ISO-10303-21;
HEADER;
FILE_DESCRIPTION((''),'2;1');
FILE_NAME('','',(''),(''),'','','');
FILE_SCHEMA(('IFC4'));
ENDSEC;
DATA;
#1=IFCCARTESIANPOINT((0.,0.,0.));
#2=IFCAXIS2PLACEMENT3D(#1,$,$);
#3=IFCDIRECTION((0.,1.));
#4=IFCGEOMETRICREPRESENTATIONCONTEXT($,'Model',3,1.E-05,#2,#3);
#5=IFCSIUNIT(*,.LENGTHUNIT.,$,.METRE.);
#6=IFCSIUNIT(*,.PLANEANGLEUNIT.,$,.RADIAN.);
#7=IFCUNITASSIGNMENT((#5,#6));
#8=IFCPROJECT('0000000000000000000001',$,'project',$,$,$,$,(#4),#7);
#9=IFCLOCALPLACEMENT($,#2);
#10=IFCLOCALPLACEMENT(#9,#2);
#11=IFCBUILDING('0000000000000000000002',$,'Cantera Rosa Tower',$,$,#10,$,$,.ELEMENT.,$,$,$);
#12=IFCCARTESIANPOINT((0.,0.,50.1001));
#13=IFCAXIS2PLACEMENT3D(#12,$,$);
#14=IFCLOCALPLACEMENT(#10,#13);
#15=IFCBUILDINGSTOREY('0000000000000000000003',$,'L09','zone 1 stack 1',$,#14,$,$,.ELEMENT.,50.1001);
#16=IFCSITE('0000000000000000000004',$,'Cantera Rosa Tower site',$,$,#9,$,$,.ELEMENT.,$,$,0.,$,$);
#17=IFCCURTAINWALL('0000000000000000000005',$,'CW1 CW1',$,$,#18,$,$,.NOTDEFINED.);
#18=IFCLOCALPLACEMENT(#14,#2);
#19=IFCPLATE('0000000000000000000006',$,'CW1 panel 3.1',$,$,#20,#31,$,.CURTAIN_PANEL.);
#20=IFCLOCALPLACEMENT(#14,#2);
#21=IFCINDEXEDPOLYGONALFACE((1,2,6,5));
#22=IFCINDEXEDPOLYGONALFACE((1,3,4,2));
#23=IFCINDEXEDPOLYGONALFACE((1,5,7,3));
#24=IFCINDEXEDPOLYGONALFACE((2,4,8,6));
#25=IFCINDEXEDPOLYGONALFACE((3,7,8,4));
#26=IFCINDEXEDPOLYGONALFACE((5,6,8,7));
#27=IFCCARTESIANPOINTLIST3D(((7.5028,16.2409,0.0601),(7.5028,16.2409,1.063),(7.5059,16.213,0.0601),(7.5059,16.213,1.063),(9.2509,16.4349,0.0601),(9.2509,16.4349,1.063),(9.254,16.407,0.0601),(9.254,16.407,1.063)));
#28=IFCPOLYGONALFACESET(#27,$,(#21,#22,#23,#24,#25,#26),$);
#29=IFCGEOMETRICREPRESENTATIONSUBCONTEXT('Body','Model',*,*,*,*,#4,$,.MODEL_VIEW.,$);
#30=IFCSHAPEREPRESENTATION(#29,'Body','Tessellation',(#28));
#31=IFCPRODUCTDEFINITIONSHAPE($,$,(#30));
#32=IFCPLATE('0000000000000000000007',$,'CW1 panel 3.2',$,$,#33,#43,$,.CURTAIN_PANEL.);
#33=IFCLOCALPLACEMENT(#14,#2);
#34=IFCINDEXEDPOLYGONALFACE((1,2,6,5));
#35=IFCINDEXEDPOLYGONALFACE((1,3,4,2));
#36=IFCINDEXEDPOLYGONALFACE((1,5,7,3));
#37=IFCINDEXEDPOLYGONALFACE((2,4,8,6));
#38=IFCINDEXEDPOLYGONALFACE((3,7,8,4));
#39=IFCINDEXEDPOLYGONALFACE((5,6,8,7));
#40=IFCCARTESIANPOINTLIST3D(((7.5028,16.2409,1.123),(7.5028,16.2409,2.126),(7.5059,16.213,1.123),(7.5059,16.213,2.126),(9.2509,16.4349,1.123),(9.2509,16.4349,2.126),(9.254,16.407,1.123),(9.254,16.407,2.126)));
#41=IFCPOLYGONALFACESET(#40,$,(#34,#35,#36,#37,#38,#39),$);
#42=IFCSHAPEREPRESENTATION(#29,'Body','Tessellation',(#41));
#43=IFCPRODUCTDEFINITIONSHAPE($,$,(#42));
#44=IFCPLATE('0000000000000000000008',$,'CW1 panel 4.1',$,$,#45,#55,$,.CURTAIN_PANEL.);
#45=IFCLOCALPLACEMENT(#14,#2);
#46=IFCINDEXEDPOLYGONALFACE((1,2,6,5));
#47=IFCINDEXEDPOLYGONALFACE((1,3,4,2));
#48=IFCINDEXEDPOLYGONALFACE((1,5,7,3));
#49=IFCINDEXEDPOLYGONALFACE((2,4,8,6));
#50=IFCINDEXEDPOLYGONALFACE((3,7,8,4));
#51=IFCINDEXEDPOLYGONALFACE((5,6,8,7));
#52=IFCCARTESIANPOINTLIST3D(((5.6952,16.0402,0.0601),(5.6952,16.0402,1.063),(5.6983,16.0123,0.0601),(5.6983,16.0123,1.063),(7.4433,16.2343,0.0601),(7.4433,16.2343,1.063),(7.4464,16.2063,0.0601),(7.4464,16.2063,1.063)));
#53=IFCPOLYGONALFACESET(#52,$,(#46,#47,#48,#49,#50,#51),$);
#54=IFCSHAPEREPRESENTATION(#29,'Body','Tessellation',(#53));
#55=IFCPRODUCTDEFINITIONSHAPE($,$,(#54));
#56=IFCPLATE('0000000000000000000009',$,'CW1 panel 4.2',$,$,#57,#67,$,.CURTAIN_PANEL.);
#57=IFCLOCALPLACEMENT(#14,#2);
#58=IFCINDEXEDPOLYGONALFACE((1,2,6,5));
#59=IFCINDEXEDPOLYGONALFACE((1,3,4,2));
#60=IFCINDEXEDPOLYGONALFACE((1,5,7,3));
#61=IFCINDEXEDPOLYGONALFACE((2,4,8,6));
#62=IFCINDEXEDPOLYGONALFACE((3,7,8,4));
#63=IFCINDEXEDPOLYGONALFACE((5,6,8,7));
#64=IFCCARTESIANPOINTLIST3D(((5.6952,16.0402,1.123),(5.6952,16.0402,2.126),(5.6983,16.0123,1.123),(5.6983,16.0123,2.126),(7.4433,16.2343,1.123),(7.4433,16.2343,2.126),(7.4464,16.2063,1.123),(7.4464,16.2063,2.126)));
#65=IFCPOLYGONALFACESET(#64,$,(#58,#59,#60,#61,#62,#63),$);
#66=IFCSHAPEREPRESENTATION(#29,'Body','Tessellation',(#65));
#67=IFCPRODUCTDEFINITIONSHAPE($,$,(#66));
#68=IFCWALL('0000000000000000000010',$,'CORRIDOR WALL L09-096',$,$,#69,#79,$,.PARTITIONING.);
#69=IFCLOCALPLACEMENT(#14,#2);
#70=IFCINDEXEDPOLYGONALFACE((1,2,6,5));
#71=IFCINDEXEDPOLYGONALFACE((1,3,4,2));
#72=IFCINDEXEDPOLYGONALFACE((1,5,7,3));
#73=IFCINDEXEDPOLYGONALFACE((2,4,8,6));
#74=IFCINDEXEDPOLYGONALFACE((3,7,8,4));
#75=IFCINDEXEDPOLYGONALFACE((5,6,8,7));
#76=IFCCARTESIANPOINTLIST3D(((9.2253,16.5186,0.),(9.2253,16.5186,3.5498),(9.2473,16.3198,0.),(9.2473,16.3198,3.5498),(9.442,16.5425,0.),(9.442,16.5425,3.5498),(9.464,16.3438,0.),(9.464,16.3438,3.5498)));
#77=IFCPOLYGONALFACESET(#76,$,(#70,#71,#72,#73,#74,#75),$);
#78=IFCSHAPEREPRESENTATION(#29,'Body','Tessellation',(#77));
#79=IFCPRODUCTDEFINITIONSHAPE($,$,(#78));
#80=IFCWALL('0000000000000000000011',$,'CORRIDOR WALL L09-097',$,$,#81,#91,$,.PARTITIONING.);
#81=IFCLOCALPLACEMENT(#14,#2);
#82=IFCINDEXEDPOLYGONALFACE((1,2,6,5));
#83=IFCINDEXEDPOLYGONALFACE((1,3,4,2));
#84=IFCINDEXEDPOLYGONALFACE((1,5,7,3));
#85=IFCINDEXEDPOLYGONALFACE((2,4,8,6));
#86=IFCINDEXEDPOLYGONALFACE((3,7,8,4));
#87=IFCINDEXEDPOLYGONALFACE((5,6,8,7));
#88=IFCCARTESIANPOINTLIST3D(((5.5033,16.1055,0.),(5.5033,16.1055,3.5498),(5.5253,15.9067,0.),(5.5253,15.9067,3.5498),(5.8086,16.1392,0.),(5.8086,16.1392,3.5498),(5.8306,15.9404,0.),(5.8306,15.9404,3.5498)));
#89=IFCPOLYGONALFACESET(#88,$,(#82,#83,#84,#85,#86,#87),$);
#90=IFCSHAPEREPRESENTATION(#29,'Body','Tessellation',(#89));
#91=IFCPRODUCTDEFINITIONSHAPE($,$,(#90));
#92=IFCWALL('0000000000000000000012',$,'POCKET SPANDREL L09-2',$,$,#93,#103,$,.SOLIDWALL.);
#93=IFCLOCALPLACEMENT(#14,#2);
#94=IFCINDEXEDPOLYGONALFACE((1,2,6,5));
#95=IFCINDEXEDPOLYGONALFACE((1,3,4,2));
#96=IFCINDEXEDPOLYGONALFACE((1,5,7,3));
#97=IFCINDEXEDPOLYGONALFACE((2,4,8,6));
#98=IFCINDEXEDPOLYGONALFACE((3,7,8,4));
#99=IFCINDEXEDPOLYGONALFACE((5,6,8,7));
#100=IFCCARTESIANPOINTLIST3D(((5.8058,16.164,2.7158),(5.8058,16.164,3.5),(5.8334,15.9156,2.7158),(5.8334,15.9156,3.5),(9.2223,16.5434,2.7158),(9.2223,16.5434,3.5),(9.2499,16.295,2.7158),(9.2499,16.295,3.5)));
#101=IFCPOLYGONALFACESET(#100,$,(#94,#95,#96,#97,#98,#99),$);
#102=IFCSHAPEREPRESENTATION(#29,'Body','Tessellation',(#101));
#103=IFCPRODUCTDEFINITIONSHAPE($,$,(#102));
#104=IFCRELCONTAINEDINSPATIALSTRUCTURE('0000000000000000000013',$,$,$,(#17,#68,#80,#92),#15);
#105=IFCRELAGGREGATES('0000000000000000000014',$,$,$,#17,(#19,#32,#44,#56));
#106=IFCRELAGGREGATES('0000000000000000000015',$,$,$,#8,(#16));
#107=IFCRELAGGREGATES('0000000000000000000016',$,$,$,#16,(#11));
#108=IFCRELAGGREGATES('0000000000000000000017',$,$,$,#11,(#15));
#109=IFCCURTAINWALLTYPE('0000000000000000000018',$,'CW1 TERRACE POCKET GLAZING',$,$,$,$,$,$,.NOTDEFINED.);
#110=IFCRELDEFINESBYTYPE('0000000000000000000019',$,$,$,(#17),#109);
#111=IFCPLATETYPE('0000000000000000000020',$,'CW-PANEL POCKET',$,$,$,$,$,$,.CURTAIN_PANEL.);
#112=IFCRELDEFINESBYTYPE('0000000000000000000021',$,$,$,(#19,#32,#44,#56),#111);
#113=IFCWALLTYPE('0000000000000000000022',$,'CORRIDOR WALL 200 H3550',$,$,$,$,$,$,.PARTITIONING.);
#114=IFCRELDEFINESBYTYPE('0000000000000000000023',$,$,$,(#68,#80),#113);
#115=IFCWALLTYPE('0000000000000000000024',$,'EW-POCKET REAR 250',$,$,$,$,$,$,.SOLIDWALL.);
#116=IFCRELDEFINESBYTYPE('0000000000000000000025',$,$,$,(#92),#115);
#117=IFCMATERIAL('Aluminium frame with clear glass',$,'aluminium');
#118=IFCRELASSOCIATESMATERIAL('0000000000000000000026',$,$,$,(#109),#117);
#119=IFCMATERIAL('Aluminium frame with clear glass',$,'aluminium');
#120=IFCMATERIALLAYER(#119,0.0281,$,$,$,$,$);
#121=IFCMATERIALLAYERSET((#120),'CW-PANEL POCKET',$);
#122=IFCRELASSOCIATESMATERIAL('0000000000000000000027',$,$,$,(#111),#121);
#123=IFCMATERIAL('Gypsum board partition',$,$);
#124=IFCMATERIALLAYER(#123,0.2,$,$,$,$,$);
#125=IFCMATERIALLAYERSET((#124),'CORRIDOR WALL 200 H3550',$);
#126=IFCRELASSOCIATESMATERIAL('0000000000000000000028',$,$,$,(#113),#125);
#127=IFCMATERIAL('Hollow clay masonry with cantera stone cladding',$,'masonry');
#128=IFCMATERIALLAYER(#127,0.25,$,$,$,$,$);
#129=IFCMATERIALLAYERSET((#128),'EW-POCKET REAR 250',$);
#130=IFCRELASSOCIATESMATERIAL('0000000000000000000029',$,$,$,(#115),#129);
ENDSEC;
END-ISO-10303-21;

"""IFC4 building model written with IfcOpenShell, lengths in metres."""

from ifc_helpers import new_model, si_unit, direction, frame, frame_2d, origin, origin_2d, place, context, subcontext, project, spatial, rectangle, extrude, material, layer, layer_set, type_object, element, aggregate, save


model = new_model("IFC4")

# Units and contexts
model_context = context("Model", 3, precision=1e-05, world=origin(), true_north=direction((0.0, 1.0)))
body_context = subcontext(model_context, "Body", "Model", "MODEL_VIEW")
ifc_project = project(units=[si_unit("LENGTHUNIT", "METRE"), si_unit("PLANEANGLEUNIT", "RADIAN")], contexts=[model_context])

# Site, building, storey
site_placement = place(None, origin())
site = spatial("IfcSite", under=ifc_project, at=site_placement, Name="Cantera Rosa Tower site", CompositionType="ELEMENT", RefElevation=0.0)
building_placement = place(site_placement, origin())
building = spatial("IfcBuilding", under=site, at=building_placement, Name="Cantera Rosa Tower", CompositionType="ELEMENT")
storey_placement = place(building_placement, frame((0.0, 0.0, 50.1001)))
storey = spatial("IfcBuildingStorey", under=building, at=storey_placement, Name="L09", Description="zone 1 stack 1", CompositionType="ELEMENT", Elevation=50.1001)

# Curtain wall
ifc_material_1 = material(Name="Aluminium frame with clear glass", Category="aluminium")
curtain_wall_type = type_object("IfcCurtainWallType", Name="CW1 TERRACE POCKET GLAZING", PredefinedType="NOTDEFINED", material=ifc_material_1)
curtain_wall_placement = place(storey_placement, origin())
curtain_wall = element("IfcCurtainWall", 1, at=curtain_wall_placement, inside=storey, type_object=curtain_wall_type, Name="CW1 CW1", PredefinedType="NOTDEFINED")

# Plates
ifc_material_2 = material(Name="Aluminium frame with clear glass", Category="aluminium")
ifc_layer_1 = layer(ifc_material_2, 0.0281)
ifc_layer_set_1 = layer_set([ifc_layer_1], Name="CW-PANEL POCKET")
plate_type = type_object("IfcPlateType", Name="CW-PANEL POCKET", PredefinedType="CURTAIN_PANEL", material=ifc_layer_set_1)
plate_1_placement = place(storey_placement, frame((8.3784, 16.324, 0.0601), z_axis=(0.0, 0.0, 1.0), x_axis=(-0.993897, -0.110313, 0.0)))
plate_1 = element("IfcPlate", 2, at=plate_1_placement, type_object=plate_type, Name="CW1 panel 3.1", PredefinedType="CURTAIN_PANEL", context=body_context, shape_type="SweptSolid", body=[
    extrude(rectangle(XDim=1.7588, YDim=0.0281, at=origin_2d()), origin(), (0.0, 0.0, 1.0), 1.0029),
])
plate_2_placement = place(storey_placement, frame((8.3784, 16.324, 1.123), z_axis=(0.0, 0.0, 1.0), x_axis=(-0.993897, -0.110313, 0.0)))
plate_2 = element("IfcPlate", 3, at=plate_2_placement, type_object=plate_type, Name="CW1 panel 3.2", PredefinedType="CURTAIN_PANEL", context=body_context, shape_type="SweptSolid", body=[
    extrude(rectangle(XDim=1.7588, YDim=0.0281, at=origin_2d()), origin(), (0.0, 0.0, 1.0), 1.0029),
])
plate_3_placement = place(storey_placement, frame((6.5708, 16.1233, 0.0601), z_axis=(0.0, 0.0, 1.0), x_axis=(-0.993897, -0.110313, 0.0)))
plate_3 = element("IfcPlate", 4, at=plate_3_placement, type_object=plate_type, Name="CW1 panel 4.1", PredefinedType="CURTAIN_PANEL", context=body_context, shape_type="SweptSolid", body=[
    extrude(rectangle(XDim=1.7588, YDim=0.0281, at=origin_2d()), origin(), (0.0, 0.0, 1.0), 1.0029),
])
plate_4_placement = place(storey_placement, frame((6.5708, 16.1233, 1.123), z_axis=(0.0, 0.0, 1.0), x_axis=(-0.993897, -0.110313, 0.0)))
plate_4 = element("IfcPlate", 5, at=plate_4_placement, type_object=plate_type, Name="CW1 panel 4.2", PredefinedType="CURTAIN_PANEL", context=body_context, shape_type="SweptSolid", body=[
    extrude(rectangle(XDim=1.7588, YDim=0.0281, at=origin_2d()), origin(), (0.0, 0.0, 1.0), 1.0029),
])
aggregate(curtain_wall, [plate_1, plate_2, plate_3, plate_4])

# Walls
ifc_material_3 = material(Name="Gypsum board partition")
ifc_layer_2 = layer(ifc_material_3, 0.2)
ifc_layer_set_2 = layer_set([ifc_layer_2], Name="CORRIDOR WALL 200 H3550")
wall_type_1 = type_object("IfcWallType", Name="CORRIDOR WALL 200 H3550", PredefinedType="PARTITIONING", material=ifc_layer_set_2)
wall_1_placement = place(storey_placement, frame((9.4529, 16.4431, 0.0), z_axis=(0.0, 0.0, 1.0), x_axis=(-0.993965, -0.109694, 0.0)))
element("IfcWall", 6, at=wall_1_placement, inside=storey, type_object=wall_type_1, Name="CORRIDOR WALL L09-096", PredefinedType="PARTITIONING", context=body_context, shape_type="SweptSolid", body=[
    extrude(rectangle(XDim=0.218, YDim=0.2, at=frame_2d((0.1089, 0.0))), origin(), (0.0, 0.0, 1.0), 3.5498),
])
wall_2_placement = place(storey_placement, frame((5.8196, 16.0398, 0.0), z_axis=(0.0, 0.0, 1.0), x_axis=(-0.993961, -0.109733, 0.0)))
element("IfcWall", 7, at=wall_2_placement, inside=storey, type_object=wall_type_1, Name="CORRIDOR WALL L09-097", PredefinedType="PARTITIONING", context=body_context, shape_type="SweptSolid", body=[
    extrude(rectangle(XDim=0.3071, YDim=0.2, at=frame_2d((0.1536, 0.0))), origin(), (0.0, 0.0, 1.0), 3.5498),
])
ifc_material_4 = material(Name="Hollow clay masonry with cantera stone cladding", Category="masonry")
ifc_layer_3 = layer(ifc_material_4, 0.25)
ifc_layer_set_3 = layer_set([ifc_layer_3], Name="EW-POCKET REAR 250")
wall_type_2 = type_object("IfcWallType", Name="EW-POCKET REAR 250", PredefinedType="SOLIDWALL", material=ifc_layer_set_3)
wall_3_placement = place(storey_placement, frame((9.2361, 16.4192, 2.7158), z_axis=(0.0, 0.0, 1.0), x_axis=(-0.993891, -0.110369, 0.0)))
element("IfcWall", 8, at=wall_3_placement, inside=storey, type_object=wall_type_2, Name="POCKET SPANDREL L09-2", PredefinedType="SOLIDWALL", context=body_context, shape_type="SweptSolid", body=[
    extrude(rectangle(XDim=3.4375, YDim=0.25, at=frame_2d((1.7188, 0.0))), origin(), (0.0, 0.0, 1.0), 0.7842),
])

save(model, "model.ifc")
